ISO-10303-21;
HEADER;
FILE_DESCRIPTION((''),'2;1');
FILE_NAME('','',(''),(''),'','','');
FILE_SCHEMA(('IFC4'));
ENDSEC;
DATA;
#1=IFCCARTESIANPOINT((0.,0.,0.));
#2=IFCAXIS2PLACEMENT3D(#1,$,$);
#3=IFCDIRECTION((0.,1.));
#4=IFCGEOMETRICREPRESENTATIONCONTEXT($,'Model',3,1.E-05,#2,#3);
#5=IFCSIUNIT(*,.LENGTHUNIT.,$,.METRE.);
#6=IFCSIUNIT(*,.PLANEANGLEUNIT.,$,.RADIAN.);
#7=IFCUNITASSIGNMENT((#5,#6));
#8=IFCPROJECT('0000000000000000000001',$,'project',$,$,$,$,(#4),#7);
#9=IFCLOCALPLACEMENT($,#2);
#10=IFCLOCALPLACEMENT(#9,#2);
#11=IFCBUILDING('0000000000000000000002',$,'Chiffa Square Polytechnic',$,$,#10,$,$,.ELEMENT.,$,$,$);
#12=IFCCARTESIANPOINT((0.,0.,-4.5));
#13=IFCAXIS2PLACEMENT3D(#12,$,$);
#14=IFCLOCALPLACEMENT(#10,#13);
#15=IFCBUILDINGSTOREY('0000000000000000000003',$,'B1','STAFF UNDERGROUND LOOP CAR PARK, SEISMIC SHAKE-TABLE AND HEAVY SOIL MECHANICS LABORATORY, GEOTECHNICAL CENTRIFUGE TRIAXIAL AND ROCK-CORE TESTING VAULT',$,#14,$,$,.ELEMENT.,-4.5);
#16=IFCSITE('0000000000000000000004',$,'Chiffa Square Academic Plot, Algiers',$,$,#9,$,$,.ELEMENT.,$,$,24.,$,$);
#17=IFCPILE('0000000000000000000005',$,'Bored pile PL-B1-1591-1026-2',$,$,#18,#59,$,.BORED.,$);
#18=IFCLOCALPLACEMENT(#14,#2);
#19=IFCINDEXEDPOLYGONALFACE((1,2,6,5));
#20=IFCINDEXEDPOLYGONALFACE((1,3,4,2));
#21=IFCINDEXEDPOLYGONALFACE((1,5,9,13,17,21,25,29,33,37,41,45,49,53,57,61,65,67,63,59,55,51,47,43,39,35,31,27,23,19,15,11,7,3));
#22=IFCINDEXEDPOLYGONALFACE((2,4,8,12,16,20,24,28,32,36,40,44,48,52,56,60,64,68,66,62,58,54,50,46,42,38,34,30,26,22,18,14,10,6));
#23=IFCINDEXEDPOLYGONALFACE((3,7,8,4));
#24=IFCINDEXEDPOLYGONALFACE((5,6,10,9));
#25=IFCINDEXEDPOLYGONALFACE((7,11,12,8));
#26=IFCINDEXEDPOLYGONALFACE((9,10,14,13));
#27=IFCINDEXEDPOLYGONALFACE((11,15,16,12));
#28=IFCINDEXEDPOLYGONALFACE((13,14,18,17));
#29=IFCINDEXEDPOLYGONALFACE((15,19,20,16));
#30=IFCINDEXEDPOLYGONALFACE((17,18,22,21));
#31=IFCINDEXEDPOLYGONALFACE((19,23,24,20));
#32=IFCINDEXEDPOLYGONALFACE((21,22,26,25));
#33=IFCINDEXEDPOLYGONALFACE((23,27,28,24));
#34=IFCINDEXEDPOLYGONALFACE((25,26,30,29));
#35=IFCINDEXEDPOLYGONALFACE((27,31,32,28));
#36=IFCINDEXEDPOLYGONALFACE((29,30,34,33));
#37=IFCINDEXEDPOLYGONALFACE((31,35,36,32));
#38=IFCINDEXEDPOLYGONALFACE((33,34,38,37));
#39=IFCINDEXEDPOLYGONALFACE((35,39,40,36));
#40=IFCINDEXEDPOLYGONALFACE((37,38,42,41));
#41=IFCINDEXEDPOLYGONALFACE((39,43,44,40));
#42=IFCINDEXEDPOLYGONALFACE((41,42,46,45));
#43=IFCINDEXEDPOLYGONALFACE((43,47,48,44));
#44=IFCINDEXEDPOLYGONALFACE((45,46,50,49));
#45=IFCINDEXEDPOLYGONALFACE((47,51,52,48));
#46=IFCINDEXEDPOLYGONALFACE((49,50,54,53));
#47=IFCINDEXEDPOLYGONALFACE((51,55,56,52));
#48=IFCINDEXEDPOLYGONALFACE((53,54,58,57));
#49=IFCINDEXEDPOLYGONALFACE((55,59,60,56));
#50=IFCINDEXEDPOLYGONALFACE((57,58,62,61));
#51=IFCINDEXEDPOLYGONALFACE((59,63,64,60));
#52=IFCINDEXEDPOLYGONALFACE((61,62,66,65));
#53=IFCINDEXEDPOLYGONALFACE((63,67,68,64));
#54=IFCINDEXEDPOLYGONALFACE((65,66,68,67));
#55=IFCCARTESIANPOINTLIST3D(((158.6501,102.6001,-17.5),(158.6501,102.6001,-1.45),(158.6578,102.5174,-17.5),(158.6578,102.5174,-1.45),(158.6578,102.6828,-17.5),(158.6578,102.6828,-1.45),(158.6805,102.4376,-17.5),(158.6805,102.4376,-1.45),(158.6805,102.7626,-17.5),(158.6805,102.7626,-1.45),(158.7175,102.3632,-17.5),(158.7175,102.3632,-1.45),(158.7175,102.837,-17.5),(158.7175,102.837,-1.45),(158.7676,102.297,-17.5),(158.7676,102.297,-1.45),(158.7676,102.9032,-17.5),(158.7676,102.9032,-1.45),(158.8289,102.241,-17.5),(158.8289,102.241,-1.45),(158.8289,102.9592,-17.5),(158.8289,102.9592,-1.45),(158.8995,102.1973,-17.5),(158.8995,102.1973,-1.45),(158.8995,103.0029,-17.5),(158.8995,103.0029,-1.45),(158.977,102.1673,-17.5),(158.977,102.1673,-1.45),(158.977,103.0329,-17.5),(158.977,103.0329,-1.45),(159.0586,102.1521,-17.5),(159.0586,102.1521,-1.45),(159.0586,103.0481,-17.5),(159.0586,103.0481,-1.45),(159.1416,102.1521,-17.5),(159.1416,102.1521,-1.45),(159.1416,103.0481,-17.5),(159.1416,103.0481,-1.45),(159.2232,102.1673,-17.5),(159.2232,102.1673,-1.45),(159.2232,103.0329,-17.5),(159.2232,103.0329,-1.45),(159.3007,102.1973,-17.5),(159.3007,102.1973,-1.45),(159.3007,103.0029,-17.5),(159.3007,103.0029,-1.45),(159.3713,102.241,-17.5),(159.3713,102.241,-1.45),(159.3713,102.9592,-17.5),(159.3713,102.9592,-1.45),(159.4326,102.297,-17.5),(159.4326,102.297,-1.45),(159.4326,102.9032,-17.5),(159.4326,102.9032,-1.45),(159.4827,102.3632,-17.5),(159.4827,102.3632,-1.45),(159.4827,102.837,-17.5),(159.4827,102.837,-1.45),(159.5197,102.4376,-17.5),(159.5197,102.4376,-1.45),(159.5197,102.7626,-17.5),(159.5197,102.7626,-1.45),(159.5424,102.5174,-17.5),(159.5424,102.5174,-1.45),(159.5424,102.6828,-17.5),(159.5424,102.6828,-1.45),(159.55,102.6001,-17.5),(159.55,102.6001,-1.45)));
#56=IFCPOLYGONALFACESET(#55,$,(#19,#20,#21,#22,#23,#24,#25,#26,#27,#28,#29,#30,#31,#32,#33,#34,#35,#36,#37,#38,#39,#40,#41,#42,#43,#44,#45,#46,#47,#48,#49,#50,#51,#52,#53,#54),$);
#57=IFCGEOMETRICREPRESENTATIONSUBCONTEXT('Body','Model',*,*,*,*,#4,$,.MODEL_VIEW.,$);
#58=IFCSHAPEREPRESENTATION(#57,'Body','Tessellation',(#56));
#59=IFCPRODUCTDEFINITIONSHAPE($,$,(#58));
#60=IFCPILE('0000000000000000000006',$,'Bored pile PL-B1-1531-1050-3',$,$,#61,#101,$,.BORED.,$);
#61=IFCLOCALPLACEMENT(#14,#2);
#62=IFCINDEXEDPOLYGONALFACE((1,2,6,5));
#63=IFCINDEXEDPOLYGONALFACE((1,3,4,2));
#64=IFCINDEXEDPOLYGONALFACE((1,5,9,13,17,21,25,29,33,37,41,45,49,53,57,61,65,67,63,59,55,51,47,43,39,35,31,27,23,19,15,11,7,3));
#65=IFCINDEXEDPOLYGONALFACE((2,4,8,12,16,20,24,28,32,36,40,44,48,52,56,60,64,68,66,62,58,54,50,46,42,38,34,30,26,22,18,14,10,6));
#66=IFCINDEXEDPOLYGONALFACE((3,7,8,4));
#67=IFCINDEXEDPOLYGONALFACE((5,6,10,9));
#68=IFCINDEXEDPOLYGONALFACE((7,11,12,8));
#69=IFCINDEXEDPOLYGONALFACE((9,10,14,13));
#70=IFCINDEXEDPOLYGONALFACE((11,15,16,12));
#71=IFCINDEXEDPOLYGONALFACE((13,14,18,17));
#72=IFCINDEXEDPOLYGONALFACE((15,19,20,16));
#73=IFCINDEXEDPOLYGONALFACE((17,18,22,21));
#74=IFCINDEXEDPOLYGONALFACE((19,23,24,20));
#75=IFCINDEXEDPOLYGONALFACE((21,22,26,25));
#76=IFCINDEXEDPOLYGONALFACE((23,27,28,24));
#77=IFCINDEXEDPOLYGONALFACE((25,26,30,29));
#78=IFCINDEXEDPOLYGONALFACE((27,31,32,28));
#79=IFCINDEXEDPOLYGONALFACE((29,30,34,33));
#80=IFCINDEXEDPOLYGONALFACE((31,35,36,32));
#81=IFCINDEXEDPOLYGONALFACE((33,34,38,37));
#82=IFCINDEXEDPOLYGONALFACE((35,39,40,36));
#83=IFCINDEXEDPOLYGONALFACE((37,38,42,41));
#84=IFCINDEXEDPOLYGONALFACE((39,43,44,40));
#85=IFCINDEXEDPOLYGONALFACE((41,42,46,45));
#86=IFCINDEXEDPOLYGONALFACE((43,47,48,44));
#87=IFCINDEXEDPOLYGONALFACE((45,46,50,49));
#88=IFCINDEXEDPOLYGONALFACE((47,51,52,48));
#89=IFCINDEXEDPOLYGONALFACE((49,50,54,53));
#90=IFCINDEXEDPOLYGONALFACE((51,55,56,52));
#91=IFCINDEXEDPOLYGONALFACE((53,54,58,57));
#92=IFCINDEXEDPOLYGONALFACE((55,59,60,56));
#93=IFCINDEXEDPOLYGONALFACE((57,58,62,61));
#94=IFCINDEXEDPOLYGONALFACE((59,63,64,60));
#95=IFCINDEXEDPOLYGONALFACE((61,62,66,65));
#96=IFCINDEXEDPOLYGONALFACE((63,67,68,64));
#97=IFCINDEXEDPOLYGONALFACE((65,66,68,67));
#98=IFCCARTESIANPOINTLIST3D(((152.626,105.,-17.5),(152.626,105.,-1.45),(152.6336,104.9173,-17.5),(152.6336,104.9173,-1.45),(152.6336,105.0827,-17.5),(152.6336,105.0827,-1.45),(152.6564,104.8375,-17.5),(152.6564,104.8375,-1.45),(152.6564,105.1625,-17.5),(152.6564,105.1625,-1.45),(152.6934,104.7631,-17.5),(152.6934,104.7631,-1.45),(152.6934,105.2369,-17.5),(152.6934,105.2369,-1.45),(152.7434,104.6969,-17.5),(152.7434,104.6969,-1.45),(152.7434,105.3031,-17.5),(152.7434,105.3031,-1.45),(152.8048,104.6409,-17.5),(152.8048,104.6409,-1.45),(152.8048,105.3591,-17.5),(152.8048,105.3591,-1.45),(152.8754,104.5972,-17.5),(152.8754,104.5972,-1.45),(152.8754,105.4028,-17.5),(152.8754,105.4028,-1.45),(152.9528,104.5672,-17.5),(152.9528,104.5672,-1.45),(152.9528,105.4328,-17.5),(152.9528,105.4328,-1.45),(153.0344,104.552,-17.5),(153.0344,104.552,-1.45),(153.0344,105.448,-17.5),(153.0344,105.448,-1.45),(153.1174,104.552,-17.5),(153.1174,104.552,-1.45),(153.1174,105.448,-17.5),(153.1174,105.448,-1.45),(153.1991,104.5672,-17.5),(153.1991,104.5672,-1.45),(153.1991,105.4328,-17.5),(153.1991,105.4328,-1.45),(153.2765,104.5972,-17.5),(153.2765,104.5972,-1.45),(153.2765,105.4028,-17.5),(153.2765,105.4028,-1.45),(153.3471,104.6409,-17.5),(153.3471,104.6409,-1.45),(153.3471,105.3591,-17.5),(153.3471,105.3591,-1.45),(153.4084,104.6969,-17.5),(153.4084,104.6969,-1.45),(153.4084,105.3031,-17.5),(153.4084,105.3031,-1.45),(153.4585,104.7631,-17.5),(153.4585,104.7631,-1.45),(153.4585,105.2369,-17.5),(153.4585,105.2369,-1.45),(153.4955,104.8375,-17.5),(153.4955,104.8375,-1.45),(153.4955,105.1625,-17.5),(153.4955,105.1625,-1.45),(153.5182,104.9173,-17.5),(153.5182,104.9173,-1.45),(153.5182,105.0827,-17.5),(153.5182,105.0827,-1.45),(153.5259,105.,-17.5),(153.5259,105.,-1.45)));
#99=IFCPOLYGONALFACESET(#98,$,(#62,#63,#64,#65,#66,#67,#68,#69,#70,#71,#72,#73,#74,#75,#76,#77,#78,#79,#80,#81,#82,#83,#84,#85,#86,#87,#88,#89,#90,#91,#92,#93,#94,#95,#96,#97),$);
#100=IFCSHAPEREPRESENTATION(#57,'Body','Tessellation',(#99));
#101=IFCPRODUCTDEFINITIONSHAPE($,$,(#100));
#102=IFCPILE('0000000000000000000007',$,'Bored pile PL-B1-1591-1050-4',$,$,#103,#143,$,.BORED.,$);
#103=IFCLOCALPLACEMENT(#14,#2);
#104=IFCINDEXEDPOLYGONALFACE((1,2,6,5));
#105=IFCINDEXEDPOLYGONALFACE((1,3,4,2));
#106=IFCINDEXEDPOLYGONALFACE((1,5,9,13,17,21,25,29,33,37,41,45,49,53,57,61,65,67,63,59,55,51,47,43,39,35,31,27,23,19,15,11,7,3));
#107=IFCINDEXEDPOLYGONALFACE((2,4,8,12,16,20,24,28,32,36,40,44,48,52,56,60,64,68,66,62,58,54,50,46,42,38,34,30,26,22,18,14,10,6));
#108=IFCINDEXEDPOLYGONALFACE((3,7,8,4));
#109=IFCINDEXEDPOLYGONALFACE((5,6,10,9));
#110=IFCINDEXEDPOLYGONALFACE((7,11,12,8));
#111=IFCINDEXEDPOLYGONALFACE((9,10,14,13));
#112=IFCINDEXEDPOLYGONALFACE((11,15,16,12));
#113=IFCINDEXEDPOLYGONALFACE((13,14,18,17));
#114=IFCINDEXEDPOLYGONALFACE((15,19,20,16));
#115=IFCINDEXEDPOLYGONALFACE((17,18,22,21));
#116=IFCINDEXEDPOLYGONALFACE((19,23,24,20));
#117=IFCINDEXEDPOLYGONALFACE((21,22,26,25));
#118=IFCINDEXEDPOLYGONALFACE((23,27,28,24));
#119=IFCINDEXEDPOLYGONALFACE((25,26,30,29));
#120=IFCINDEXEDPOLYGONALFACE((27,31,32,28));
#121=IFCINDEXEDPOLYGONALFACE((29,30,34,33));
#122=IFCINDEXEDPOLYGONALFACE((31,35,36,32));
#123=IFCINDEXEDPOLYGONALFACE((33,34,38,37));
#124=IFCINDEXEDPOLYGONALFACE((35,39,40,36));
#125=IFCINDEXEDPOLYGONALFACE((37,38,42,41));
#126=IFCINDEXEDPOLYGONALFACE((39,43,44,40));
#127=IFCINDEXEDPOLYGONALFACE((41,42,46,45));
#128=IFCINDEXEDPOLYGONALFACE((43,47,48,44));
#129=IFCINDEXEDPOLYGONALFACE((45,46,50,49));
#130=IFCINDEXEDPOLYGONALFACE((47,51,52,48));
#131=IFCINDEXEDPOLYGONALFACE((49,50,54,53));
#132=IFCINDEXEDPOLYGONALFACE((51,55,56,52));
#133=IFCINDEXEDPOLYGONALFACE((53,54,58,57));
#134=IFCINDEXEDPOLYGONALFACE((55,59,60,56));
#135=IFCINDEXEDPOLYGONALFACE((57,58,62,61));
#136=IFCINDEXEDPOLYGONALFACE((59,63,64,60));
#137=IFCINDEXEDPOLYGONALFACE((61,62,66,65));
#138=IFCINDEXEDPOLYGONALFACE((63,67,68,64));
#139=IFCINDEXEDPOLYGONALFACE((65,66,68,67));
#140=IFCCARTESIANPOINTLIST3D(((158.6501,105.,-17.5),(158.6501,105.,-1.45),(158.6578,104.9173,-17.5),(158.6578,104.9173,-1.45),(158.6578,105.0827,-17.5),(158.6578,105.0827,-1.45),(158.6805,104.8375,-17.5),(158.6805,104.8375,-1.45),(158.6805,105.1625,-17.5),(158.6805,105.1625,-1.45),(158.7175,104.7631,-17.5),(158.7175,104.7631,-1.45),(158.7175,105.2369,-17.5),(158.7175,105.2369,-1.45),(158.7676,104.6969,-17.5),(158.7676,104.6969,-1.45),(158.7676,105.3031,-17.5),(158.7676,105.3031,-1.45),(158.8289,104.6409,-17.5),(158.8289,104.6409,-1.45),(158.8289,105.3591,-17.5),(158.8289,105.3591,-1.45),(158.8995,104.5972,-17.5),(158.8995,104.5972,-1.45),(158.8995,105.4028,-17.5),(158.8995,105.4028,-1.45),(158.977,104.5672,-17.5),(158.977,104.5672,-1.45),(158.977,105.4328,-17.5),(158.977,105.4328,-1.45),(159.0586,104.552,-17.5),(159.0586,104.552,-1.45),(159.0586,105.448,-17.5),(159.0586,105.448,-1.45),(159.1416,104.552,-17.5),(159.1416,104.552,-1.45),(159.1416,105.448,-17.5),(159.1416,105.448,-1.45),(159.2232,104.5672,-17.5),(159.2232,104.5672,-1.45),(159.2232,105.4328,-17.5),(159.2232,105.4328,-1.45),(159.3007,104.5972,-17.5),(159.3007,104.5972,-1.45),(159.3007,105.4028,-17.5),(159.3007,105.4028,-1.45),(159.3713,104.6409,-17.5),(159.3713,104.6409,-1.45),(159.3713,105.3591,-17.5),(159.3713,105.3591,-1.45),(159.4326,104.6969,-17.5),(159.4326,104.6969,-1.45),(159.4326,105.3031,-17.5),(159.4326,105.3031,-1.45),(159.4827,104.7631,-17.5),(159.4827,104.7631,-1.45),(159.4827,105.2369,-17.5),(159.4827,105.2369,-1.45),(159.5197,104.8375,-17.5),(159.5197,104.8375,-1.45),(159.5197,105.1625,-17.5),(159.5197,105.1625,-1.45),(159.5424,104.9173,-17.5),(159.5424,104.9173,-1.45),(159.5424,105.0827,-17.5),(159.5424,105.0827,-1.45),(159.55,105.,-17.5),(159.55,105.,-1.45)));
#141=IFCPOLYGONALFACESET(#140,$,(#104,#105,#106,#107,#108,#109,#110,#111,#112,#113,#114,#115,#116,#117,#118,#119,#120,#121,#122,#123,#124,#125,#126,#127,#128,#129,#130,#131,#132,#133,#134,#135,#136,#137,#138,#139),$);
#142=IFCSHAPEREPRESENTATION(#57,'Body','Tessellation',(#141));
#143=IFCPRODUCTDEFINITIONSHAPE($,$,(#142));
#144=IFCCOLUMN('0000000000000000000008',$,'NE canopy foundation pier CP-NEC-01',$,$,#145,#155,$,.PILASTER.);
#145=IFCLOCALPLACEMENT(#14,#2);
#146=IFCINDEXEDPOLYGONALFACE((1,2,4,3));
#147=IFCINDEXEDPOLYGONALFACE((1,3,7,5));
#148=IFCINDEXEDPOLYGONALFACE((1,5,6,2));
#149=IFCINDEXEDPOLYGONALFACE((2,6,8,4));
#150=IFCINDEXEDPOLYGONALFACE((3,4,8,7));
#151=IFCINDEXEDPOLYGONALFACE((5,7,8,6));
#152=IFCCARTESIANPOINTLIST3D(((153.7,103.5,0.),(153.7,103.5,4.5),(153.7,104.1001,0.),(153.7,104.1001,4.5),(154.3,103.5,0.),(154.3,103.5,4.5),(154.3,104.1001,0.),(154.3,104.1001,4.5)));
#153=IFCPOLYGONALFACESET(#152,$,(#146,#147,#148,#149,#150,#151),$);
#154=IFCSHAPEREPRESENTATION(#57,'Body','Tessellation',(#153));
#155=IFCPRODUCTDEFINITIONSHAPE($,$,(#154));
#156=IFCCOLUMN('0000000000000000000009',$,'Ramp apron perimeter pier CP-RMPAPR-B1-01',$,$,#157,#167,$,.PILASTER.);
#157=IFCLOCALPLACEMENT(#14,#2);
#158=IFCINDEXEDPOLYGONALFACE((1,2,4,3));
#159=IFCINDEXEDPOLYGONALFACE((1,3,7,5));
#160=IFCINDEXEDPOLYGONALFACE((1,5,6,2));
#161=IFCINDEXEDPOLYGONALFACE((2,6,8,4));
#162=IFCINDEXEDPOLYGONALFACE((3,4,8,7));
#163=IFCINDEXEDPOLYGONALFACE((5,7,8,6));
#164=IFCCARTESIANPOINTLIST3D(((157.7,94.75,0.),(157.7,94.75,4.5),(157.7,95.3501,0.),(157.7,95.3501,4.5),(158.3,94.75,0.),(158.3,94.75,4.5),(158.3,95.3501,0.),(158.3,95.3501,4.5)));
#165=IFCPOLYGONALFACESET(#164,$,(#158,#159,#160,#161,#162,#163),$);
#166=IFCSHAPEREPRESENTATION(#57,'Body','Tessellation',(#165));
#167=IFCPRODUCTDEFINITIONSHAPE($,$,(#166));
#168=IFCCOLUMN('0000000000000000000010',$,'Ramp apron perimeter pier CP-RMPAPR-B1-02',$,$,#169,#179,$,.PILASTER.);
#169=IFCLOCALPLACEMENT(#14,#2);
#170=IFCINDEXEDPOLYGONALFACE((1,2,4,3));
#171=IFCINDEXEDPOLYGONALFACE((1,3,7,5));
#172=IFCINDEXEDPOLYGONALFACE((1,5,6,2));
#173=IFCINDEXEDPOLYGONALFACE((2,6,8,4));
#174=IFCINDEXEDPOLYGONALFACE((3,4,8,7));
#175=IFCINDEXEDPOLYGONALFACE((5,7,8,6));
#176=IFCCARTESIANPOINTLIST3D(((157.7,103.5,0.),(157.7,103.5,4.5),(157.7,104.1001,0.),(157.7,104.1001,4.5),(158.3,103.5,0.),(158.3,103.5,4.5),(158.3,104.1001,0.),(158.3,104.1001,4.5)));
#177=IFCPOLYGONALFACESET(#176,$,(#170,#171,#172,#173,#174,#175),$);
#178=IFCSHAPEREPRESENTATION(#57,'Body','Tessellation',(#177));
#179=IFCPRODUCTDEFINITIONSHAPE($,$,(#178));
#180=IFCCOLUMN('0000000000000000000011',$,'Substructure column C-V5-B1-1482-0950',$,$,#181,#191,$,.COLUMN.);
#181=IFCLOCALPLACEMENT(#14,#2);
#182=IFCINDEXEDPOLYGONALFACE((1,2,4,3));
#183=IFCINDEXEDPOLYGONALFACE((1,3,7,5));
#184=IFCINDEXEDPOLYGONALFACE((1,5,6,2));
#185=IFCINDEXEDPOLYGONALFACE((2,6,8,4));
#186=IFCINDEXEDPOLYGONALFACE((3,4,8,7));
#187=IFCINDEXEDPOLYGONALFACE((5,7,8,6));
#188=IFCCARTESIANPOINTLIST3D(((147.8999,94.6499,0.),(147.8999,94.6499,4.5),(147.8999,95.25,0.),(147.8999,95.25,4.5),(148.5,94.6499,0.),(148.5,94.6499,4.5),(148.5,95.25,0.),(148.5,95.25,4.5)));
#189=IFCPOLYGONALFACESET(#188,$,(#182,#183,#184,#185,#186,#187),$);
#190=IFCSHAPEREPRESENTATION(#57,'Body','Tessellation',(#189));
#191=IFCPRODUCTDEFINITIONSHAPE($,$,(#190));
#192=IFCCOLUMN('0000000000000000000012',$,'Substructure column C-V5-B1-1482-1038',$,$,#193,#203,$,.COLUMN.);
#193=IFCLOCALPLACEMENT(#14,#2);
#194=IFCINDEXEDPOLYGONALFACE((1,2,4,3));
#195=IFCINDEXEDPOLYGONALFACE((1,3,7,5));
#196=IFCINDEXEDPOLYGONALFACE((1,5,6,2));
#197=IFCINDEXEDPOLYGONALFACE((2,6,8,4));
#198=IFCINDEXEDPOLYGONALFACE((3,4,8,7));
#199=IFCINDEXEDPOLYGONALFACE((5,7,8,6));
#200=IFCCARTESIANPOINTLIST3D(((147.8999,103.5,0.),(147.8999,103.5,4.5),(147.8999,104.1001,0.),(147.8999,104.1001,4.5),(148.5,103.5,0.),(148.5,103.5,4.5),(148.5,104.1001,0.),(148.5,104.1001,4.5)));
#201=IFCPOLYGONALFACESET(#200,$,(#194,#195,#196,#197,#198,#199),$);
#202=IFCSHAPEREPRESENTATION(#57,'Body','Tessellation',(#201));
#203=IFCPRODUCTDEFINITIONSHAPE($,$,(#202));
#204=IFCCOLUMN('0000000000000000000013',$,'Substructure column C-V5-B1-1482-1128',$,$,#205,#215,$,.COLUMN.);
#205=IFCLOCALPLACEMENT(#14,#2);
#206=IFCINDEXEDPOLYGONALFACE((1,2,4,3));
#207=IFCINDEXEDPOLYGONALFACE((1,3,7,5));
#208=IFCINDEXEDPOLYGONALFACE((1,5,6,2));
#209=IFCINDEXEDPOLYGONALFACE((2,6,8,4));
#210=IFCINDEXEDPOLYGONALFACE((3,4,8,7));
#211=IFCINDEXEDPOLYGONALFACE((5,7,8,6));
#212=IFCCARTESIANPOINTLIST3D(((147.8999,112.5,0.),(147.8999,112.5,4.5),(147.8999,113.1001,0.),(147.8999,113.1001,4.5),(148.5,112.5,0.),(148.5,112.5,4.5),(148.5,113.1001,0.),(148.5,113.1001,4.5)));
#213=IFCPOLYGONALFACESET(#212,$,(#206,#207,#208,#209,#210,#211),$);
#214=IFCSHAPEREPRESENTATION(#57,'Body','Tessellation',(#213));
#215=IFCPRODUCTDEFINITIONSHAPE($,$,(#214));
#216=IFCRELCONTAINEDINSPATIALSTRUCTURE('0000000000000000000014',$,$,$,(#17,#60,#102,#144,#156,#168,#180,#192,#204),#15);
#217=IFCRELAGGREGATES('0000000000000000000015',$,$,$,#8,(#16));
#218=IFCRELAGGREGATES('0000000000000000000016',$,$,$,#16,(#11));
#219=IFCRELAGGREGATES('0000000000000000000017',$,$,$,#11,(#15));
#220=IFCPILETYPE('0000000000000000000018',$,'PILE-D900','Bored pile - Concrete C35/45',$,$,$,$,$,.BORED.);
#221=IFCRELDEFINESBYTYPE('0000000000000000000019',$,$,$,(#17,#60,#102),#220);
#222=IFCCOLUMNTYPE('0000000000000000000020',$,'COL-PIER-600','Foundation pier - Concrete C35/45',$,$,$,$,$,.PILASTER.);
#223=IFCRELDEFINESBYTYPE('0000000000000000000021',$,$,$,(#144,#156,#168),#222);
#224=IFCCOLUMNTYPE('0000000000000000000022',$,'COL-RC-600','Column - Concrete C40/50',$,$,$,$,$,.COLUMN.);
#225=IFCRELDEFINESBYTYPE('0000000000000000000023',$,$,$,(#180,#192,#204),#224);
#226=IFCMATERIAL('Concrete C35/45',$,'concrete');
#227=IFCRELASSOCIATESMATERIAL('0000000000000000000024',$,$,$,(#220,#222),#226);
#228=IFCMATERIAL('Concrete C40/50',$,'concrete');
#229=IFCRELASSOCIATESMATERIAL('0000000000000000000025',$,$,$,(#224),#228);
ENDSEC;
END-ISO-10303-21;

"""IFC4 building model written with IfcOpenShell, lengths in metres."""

from ifc_helpers import new_model, si_unit, direction, frame, origin, origin_2d, place, context, subcontext, project, spatial, rectangle, circle, extrude, material, material_profile, profile_set, type_object, element, save


model = new_model("IFC4")

# Units and contexts
model_context = context("Model", 3, precision=1e-05, world=origin(), true_north=direction((0.0, 1.0)))
body_context = subcontext(model_context, "Body", "Model", "MODEL_VIEW")
ifc_project = project(units=[si_unit("LENGTHUNIT", "METRE"), si_unit("PLANEANGLEUNIT", "RADIAN")], contexts=[model_context])

# Site, building, storey
site_placement = place(None, origin())
site = spatial("IfcSite", under=ifc_project, at=site_placement, Name="Chiffa Square Academic Plot, Algiers", CompositionType="ELEMENT", RefElevation=24.0)
building_placement = place(site_placement, origin())
building = spatial("IfcBuilding", under=site, at=building_placement, Name="Chiffa Square Polytechnic", CompositionType="ELEMENT")
storey_placement = place(building_placement, frame((0.0, 0.0, -4.5)))
storey = spatial("IfcBuildingStorey", under=building, at=storey_placement, Name="B1", Description="STAFF UNDERGROUND LOOP CAR PARK, SEISMIC SHAKE-TABLE AND HEAVY SOIL MECHANICS LABORATORY, GEOTECHNICAL CENTRIFUGE TRIAXIAL AND ROCK-CORE TESTING VAULT", CompositionType="ELEMENT", Elevation=-4.5)

# Shared definitions
ifc_material_1 = material(Name="Concrete C35/45", Category="concrete")

# Piles
ifc_material_profile_1 = material_profile(ifc_material_1, circle(Radius=0.45, at=origin_2d()), Name="PILE D900")
ifc_profile_set_1 = profile_set([ifc_material_profile_1], Name="Concrete C35/45")
pile_type_1 = type_object("IfcPileType", Name="PILE-D900", Description="Bored pile - Concrete C35/45", PredefinedType="BORED", material=ifc_profile_set_1)
for number, where, z_axis, x_axis, name in (
    (1, (159.1001, 102.6001, -1.45), (0.0, 0.0, -1.0), (1.0, 0.0, 0.0), "Bored pile PL-B1-1591-1026-2"),
    (2, (153.0759, 105.0, -1.45), (0.0, 0.0, -1.0), (1.0, 0.0, 0.0), "Bored pile PL-B1-1531-1050-3"),
    (3, (159.1001, 105.0, -1.45), (0.0, 0.0, -1.0), (1.0, 0.0, 0.0), "Bored pile PL-B1-1591-1050-4"),
):
    element("IfcPile", number, at=place(storey_placement, frame(where, z_axis=z_axis, x_axis=x_axis)), inside=storey, type_object=pile_type_1, Name=name, PredefinedType="BORED", context=body_context, shape_type="SweptSolid", body=[
        extrude(circle(Radius=0.45, at=origin_2d()), origin(), (0.0, 0.0, 1.0), 16.05),
    ])

# Columns
ifc_material_profile_2 = material_profile(ifc_material_1, rectangle(XDim=0.6001, YDim=0.6001, at=origin_2d()), Name="RC 600x600")
ifc_profile_set_2 = profile_set([ifc_material_profile_2], Name="Concrete C35/45")
column_type_1 = type_object("IfcColumnType", Name="COL-PIER-600", Description="Foundation pier - Concrete C35/45", PredefinedType="PILASTER", material=ifc_profile_set_2)
for number, where, z_axis, x_axis, name in (
    (4, (154.0, 103.8, 0.0), (0.0, 0.0, 1.0), (1.0, 0.0, 0.0), "NE canopy foundation pier CP-NEC-01"),
    (5, (158.0, 95.05, 0.0), (0.0, 0.0, 1.0), (1.0, 0.0, 0.0), "Ramp apron perimeter pier CP-RMPAPR-B1-01"),
    (6, (158.0, 103.8, 0.0), (0.0, 0.0, 1.0), (1.0, 0.0, 0.0), "Ramp apron perimeter pier CP-RMPAPR-B1-02"),
):
    element("IfcColumn", number, at=place(storey_placement, frame(where, z_axis=z_axis, x_axis=x_axis)), inside=storey, type_object=column_type_1, Name=name, PredefinedType="PILASTER", context=body_context, shape_type="SweptSolid", body=[
        extrude(rectangle(XDim=0.6001, YDim=0.6001, at=origin_2d()), origin(), (0.0, 0.0, 1.0), 4.5),
    ])
ifc_material_2 = material(Name="Concrete C40/50", Category="concrete")
ifc_material_profile_3 = material_profile(ifc_material_2, rectangle(XDim=0.6001, YDim=0.6001, at=origin_2d()), Name="RC 600x600")
ifc_profile_set_3 = profile_set([ifc_material_profile_3], Name="Concrete C40/50")
column_type_2 = type_object("IfcColumnType", Name="COL-RC-600", Description="Column - Concrete C40/50", PredefinedType="COLUMN", material=ifc_profile_set_3)
for number, where, z_axis, x_axis, name in (
    (7, (148.2, 94.95, 0.0), (0.0, 0.0, 1.0), (1.0, 0.0, 0.0), "Substructure column C-V5-B1-1482-0950"),
    (8, (148.2, 103.8, 0.0), (0.0, 0.0, 1.0), (1.0, 0.0, 0.0), "Substructure column C-V5-B1-1482-1038"),
    (9, (148.2, 112.8, 0.0), (0.0, 0.0, 1.0), (1.0, 0.0, 0.0), "Substructure column C-V5-B1-1482-1128"),
):
    element("IfcColumn", number, at=place(storey_placement, frame(where, z_axis=z_axis, x_axis=x_axis)), inside=storey, type_object=column_type_2, Name=name, PredefinedType="COLUMN", context=body_context, shape_type="SweptSolid", body=[
        extrude(rectangle(XDim=0.6001, YDim=0.6001, at=origin_2d()), origin(), (0.0, 0.0, 1.0), 4.5),
    ])

save(model, "model.ifc")
